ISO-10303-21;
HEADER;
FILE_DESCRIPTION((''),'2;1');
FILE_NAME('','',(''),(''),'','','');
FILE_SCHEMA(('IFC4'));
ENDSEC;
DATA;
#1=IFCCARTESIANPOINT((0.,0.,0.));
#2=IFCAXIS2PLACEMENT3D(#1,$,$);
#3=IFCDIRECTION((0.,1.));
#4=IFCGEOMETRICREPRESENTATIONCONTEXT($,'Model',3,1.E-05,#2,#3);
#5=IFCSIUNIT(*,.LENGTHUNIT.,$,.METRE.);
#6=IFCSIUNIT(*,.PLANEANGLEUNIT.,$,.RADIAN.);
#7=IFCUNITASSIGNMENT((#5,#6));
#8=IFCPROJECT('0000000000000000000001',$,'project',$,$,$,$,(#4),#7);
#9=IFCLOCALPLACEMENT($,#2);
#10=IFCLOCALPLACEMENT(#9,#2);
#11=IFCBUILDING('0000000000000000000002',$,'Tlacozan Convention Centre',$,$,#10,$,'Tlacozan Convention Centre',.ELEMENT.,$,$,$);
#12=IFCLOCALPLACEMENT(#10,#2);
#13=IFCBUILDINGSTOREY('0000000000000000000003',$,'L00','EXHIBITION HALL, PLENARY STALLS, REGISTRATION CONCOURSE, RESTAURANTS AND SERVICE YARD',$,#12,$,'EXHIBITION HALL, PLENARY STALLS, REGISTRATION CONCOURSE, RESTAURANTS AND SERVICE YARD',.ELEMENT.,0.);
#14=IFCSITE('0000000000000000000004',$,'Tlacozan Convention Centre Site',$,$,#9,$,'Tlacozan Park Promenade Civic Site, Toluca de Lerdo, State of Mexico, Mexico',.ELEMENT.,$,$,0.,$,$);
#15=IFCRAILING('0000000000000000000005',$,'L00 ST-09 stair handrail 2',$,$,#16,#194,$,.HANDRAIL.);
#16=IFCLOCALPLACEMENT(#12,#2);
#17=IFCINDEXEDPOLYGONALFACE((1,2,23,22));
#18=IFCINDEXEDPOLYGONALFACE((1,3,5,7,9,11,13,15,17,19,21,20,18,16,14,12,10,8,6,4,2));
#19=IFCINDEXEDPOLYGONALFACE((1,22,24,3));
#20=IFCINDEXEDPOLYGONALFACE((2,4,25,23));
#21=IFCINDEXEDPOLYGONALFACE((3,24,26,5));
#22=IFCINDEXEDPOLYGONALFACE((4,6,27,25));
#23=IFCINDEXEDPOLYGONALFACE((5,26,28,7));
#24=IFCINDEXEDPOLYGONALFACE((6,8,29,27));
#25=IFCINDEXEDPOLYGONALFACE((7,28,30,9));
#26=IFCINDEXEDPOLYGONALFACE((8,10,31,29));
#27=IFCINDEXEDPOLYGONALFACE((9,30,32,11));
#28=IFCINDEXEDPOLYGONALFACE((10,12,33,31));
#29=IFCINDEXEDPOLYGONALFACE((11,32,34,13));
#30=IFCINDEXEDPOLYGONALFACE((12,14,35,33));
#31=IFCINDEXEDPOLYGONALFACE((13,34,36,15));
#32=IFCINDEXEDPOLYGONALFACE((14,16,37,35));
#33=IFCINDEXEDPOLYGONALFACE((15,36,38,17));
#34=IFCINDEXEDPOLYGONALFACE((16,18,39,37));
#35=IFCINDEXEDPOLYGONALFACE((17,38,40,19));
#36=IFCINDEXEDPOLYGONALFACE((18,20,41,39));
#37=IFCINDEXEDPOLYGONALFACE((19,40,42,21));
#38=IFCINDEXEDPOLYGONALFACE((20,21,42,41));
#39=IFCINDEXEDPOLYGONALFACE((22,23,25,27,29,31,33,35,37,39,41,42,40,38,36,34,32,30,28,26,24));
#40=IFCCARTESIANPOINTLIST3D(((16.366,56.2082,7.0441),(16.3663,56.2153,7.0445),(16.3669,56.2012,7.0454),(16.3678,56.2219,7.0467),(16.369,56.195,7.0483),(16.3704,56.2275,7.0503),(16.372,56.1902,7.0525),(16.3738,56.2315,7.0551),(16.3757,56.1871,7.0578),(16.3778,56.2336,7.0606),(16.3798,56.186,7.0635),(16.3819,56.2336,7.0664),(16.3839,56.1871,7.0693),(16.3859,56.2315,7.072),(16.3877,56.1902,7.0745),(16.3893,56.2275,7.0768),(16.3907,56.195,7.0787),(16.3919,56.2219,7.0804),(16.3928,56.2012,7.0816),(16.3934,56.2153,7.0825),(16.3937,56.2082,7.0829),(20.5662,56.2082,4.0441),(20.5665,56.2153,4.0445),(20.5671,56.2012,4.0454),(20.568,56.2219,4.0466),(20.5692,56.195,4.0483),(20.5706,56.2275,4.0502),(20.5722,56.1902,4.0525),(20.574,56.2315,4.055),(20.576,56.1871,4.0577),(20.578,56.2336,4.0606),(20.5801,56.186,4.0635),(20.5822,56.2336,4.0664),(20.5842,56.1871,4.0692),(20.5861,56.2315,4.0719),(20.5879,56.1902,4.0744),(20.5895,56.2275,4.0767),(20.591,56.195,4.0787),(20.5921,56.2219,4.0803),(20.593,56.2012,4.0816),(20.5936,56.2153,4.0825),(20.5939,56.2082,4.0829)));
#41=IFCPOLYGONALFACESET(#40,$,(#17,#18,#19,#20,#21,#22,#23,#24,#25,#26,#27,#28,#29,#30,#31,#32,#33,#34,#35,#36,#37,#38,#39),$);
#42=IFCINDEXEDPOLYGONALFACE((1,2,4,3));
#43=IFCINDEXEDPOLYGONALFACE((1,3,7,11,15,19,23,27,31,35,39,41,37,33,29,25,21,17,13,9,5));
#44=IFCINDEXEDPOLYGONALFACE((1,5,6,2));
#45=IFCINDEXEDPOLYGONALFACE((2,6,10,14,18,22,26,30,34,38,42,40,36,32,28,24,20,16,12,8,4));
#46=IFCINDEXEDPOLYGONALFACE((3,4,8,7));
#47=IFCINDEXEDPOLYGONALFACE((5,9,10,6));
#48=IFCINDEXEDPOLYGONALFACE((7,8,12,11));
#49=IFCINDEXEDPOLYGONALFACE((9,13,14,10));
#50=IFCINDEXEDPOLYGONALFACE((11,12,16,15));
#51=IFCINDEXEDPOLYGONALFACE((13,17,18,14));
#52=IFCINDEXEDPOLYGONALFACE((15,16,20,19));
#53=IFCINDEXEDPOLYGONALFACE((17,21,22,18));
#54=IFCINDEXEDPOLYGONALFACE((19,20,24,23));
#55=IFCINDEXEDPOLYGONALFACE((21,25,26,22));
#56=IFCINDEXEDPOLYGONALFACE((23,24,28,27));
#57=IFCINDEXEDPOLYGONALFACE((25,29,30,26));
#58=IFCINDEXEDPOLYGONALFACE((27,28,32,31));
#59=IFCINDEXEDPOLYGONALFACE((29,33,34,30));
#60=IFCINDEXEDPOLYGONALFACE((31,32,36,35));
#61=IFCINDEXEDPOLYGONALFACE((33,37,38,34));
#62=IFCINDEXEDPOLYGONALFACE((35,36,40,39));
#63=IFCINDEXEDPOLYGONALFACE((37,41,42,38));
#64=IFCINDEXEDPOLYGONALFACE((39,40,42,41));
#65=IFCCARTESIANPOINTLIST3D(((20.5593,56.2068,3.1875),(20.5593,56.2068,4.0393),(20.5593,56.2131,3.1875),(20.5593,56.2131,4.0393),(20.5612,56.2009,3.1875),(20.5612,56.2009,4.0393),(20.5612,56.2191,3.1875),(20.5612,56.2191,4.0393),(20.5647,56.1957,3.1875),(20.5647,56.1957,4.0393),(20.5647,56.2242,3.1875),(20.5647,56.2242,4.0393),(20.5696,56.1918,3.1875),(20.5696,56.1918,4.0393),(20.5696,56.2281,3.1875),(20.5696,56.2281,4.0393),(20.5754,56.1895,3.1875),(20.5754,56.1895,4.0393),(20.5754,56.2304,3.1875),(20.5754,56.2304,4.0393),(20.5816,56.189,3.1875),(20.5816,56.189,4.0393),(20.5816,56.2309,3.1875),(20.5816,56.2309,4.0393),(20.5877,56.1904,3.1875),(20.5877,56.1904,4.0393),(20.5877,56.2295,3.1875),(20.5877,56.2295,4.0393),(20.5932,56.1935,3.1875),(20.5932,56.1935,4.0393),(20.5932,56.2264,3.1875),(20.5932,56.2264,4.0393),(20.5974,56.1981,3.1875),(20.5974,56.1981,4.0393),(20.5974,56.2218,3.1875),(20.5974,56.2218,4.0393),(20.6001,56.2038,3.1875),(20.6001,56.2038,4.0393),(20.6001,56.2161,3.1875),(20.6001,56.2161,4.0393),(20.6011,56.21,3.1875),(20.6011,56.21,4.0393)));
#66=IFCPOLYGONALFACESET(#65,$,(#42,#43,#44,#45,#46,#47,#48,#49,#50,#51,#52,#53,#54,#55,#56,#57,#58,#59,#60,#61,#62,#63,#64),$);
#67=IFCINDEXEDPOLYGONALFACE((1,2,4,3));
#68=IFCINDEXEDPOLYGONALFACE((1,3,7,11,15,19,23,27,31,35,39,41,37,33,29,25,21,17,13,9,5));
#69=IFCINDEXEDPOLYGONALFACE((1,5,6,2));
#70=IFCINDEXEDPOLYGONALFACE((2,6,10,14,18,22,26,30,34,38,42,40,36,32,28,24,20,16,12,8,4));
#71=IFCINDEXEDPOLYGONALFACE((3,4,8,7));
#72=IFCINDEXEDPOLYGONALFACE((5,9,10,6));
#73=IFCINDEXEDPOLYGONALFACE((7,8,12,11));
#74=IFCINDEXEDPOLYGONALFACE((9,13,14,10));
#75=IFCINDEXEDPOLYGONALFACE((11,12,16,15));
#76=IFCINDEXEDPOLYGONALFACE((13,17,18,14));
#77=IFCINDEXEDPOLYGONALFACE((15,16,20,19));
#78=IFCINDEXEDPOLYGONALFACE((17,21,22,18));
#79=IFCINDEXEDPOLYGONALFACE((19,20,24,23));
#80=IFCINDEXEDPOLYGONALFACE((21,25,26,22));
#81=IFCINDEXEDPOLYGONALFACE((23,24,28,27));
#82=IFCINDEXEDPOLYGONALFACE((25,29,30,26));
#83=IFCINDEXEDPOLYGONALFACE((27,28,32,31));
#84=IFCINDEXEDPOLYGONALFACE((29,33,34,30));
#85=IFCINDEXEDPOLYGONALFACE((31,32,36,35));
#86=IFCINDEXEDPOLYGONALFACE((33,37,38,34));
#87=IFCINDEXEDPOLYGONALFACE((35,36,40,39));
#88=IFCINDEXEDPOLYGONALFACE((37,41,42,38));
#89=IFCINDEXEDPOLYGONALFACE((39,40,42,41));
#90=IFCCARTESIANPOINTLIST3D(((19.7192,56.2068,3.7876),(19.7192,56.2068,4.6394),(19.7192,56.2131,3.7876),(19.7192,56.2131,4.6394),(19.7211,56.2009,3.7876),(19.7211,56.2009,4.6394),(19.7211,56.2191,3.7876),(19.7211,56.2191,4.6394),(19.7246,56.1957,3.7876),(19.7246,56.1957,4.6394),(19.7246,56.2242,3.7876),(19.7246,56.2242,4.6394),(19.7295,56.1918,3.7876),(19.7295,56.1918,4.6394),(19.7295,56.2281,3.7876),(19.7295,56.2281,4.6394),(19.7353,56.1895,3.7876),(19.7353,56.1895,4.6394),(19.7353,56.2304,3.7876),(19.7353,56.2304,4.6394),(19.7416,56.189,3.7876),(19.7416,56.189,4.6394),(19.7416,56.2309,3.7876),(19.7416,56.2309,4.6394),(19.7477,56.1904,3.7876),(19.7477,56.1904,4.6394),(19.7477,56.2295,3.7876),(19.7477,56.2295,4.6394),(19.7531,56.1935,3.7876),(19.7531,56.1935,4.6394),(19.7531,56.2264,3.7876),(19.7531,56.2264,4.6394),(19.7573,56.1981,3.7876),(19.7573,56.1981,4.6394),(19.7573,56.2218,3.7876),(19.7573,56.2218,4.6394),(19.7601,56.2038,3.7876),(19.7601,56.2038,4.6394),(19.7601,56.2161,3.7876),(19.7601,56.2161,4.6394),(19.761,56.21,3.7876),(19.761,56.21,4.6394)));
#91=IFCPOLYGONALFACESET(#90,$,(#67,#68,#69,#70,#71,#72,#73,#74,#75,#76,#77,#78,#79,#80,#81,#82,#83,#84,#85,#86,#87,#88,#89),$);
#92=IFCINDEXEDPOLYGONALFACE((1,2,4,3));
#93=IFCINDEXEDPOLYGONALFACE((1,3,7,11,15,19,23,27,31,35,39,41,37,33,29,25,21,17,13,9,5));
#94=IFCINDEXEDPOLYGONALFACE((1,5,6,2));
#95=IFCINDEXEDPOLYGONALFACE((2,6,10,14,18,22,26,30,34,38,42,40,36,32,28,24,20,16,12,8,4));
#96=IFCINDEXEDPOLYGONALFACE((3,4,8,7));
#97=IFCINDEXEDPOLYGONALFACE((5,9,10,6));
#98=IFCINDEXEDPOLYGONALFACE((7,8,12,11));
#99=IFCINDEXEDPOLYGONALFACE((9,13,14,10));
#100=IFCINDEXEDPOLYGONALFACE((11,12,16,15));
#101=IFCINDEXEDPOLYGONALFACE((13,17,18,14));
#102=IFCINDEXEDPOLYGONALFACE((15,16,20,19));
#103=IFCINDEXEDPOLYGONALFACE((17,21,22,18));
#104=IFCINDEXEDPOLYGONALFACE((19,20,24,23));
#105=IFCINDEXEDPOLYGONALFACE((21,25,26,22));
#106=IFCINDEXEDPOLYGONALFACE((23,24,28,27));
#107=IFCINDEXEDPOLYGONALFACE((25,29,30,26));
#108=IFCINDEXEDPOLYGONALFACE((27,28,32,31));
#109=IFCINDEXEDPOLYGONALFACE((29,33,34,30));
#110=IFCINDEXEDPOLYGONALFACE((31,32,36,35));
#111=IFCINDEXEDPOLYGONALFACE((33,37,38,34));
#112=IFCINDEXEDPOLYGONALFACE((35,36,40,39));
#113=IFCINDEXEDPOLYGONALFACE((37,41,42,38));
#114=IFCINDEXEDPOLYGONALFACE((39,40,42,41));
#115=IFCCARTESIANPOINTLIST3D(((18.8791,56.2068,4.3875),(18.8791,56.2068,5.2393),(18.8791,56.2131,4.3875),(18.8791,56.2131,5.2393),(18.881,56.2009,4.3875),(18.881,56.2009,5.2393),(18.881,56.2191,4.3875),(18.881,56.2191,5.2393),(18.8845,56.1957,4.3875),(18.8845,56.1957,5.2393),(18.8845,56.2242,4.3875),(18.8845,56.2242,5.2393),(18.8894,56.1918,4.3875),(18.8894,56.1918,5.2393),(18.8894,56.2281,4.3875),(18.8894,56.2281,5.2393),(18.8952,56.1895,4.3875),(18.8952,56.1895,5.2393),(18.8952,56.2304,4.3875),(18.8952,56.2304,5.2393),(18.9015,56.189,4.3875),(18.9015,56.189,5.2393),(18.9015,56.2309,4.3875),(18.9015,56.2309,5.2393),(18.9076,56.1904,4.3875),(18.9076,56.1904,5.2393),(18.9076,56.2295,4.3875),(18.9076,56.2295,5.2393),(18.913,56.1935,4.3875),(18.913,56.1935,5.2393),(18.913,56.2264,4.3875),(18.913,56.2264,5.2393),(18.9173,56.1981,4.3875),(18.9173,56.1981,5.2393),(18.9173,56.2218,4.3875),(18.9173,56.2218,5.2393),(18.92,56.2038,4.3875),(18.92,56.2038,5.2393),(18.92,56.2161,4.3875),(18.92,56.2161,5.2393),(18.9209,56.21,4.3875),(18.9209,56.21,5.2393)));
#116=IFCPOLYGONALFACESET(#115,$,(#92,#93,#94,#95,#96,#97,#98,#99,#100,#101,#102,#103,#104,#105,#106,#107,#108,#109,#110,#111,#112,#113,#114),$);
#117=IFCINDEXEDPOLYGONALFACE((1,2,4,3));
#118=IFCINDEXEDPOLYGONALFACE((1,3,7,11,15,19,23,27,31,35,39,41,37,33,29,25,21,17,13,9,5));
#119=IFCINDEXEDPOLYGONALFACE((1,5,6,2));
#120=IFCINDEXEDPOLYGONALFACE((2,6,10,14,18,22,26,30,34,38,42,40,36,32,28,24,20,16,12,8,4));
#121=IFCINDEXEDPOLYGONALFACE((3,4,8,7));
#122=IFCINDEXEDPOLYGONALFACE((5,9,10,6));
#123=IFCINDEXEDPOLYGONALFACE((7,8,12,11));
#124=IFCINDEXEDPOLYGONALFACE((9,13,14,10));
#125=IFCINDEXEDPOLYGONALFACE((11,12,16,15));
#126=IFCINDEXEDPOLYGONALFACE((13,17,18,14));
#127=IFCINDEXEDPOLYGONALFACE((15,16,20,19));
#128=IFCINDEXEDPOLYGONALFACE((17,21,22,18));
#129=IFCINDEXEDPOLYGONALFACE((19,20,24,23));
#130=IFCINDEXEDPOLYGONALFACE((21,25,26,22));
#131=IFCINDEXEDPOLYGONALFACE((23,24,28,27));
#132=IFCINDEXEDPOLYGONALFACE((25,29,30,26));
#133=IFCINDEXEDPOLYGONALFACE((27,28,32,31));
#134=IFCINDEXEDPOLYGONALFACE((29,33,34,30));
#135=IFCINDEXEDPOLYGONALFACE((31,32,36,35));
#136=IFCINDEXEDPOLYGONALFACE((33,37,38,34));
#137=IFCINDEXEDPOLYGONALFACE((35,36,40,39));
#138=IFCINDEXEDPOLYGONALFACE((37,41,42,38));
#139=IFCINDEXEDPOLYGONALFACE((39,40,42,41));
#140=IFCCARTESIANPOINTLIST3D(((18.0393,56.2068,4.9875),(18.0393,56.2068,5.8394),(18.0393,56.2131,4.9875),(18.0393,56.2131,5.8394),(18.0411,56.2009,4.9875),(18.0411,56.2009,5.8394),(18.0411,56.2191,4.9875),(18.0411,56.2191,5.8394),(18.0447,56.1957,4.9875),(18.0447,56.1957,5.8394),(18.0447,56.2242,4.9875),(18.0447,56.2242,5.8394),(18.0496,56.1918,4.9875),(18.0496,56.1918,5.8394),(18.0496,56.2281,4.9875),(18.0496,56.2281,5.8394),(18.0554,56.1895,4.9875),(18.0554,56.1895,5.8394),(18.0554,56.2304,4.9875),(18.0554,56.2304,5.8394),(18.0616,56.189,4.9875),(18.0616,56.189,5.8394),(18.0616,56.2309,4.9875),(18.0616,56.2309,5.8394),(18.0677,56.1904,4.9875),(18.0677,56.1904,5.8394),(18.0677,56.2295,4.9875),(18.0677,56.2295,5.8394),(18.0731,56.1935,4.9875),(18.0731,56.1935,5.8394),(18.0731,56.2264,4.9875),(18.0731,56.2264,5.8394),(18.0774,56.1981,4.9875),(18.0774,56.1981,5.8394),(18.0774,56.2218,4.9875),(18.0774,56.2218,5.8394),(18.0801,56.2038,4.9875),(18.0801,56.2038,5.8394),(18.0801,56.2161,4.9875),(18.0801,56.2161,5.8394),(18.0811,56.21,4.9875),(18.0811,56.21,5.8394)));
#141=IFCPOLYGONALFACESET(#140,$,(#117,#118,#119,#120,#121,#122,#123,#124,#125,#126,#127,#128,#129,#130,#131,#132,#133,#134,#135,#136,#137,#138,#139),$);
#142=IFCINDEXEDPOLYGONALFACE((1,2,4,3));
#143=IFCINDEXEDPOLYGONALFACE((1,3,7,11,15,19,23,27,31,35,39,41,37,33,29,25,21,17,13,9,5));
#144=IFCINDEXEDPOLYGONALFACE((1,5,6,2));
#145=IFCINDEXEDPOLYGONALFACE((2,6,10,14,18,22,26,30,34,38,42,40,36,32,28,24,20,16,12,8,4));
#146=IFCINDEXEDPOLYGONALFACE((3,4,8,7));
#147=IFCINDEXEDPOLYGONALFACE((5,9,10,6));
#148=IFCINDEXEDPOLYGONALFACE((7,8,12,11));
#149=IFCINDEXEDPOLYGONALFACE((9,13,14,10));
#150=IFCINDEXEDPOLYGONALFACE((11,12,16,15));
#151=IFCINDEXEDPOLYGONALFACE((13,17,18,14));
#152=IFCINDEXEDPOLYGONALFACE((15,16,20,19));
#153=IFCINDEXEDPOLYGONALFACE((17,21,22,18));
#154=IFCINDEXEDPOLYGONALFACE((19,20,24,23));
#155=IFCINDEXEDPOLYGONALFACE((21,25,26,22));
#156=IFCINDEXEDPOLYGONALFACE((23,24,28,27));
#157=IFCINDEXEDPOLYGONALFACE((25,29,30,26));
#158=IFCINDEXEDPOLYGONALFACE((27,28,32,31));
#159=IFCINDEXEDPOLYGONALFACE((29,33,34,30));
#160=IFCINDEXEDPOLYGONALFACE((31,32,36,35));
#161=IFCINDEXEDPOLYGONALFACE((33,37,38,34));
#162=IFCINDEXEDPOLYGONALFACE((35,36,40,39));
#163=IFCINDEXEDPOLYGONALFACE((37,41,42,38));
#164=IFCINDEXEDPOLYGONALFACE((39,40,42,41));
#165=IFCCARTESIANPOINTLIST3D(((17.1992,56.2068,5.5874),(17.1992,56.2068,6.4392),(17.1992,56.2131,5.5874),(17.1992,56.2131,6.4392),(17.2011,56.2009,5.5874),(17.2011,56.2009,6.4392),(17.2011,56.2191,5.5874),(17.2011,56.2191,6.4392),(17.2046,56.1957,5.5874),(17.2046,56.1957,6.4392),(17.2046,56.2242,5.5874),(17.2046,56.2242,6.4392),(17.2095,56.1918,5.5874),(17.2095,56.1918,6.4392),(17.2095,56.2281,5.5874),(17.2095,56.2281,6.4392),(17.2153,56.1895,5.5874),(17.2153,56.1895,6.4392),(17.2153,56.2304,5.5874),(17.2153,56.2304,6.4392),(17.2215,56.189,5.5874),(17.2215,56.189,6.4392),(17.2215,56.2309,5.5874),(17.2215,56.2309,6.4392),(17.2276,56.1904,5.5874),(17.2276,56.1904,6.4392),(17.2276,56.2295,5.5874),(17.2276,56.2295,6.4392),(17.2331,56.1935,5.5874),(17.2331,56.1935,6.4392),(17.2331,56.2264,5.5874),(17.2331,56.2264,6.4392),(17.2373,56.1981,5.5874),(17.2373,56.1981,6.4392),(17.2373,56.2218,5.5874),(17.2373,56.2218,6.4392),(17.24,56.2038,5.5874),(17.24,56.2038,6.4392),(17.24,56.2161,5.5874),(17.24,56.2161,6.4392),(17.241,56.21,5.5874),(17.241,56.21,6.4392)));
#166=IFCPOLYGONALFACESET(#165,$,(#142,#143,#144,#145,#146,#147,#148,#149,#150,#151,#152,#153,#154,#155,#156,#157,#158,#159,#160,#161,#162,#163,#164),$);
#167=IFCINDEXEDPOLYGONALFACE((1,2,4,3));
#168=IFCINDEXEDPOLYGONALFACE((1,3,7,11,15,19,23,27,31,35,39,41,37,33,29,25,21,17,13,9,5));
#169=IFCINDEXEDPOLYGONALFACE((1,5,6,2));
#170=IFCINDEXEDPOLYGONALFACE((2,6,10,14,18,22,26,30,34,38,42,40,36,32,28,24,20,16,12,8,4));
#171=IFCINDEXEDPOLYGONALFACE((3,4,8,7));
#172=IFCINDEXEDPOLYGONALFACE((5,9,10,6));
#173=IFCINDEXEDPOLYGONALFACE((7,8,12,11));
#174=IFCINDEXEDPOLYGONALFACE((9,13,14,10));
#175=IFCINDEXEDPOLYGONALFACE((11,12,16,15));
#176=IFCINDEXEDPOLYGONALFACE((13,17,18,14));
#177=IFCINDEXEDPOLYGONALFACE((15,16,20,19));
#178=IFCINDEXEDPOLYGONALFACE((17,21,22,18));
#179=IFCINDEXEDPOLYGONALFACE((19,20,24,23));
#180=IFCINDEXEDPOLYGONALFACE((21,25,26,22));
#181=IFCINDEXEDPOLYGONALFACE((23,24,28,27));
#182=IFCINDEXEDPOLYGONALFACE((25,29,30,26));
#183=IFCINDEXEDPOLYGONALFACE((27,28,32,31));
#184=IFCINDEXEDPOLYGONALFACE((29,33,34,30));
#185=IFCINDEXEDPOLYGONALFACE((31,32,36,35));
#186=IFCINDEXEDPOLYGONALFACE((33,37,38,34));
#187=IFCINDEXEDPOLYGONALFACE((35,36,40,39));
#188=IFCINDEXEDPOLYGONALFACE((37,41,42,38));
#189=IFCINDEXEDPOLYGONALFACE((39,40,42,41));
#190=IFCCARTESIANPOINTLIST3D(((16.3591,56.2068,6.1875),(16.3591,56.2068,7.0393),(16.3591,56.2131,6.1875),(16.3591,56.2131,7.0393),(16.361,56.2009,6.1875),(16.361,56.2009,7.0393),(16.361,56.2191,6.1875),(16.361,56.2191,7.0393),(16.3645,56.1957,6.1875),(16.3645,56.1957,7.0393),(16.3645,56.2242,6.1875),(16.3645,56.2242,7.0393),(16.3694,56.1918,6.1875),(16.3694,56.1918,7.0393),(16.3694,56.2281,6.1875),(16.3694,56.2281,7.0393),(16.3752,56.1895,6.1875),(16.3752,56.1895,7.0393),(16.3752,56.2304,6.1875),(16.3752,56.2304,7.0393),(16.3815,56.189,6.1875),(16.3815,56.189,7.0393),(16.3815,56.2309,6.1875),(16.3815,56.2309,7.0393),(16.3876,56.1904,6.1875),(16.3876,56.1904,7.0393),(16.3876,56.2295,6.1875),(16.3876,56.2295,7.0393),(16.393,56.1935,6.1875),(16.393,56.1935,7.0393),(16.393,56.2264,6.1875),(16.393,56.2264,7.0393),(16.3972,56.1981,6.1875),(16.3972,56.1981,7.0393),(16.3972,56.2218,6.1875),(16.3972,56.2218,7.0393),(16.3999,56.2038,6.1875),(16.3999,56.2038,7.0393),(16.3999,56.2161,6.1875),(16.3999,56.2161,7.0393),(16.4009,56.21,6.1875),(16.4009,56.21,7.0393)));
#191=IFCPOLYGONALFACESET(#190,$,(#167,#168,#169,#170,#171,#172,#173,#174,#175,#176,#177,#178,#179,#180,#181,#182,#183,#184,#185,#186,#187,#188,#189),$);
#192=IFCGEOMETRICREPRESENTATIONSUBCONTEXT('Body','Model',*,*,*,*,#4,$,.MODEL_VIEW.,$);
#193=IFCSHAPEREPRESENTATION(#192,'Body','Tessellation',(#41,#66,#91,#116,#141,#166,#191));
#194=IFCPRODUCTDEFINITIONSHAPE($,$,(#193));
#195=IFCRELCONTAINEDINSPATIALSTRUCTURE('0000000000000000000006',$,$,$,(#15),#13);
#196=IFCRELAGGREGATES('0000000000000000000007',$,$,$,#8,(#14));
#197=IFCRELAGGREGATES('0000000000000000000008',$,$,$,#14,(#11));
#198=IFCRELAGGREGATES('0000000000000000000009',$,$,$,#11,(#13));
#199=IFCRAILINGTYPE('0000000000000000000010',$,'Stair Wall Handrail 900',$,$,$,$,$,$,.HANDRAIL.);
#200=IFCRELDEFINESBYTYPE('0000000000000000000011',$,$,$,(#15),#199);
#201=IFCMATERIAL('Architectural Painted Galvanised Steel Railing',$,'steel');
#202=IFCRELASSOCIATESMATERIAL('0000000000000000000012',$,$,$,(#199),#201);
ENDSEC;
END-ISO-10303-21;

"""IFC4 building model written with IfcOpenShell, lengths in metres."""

from ifc_helpers import new_model, si_unit, direction, frame, origin, origin_2d, place, context, subcontext, project, spatial, circle, extrude, material, type_object, element, save


model = new_model("IFC4")

# Units and contexts
model_context = context("Model", 3, precision=1e-05, world=origin(), true_north=direction((0.0, 1.0)))
body_context = subcontext(model_context, "Body", "Model", "MODEL_VIEW")
ifc_project = project(units=[si_unit("LENGTHUNIT", "METRE"), si_unit("PLANEANGLEUNIT", "RADIAN")], contexts=[model_context])

# Site, building, storey
site_placement = place(None, origin())
site = spatial("IfcSite", under=ifc_project, at=site_placement, Name="Tlacozan Convention Centre Site", LongName="Tlacozan Park Promenade Civic Site, Toluca de Lerdo, State of Mexico, Mexico", CompositionType="ELEMENT", RefElevation=0.0)
building_placement = place(site_placement, origin())
building = spatial("IfcBuilding", under=site, at=building_placement, Name="Tlacozan Convention Centre", LongName="Tlacozan Convention Centre", CompositionType="ELEMENT")
storey_placement = place(building_placement, origin())
storey = spatial("IfcBuildingStorey", under=building, at=storey_placement, Name="L00", Description="EXHIBITION HALL, PLENARY STALLS, REGISTRATION CONCOURSE, RESTAURANTS AND SERVICE YARD", LongName="EXHIBITION HALL, PLENARY STALLS, REGISTRATION CONCOURSE, RESTAURANTS AND SERVICE YARD", CompositionType="ELEMENT", Elevation=0.0)

# Railing
ifc_material_1 = material(Name="Architectural Painted Galvanised Steel Railing", Category="steel")
railing_type_1 = type_object("IfcRailingType", Name="Stair Wall Handrail 900", PredefinedType="HANDRAIL", material=ifc_material_1)
railing_1_placement = place(storey_placement, frame((20.5801, 56.21, 3.1875)))
element("IfcRailing", 1, at=railing_1_placement, inside=storey, type_object=railing_type_1, Name="L00 ST-09 stair handrail 2", PredefinedType="HANDRAIL", context=body_context, shape_type="SweptSolid", body=[
    extrude(circle(Radius=0.0239, at=origin_2d()), frame((0.0, 0.0, 0.876), z_axis=(-0.813746, 0.0, 0.58122), x_axis=(0.0, -1.0, 0.0)), (0.0, 0.0, 1.0), 5.1616),
    extrude(circle(Radius=0.021, at=origin_2d()), origin(), (0.0, 0.0, 1.0), 0.8518),
    extrude(circle(Radius=0.021, at=origin_2d()), frame((-0.8401, 0.0, 0.6001)), (0.0, 0.0, 1.0), 0.8518),
    extrude(circle(Radius=0.021, at=origin_2d()), frame((-1.6802, 0.0, 1.2)), (0.0, 0.0, 1.0), 0.8518),
    extrude(circle(Radius=0.021, at=origin_2d()), frame((-2.52, 0.0, 1.8)), (0.0, 0.0, 1.0), 0.8518),
    extrude(circle(Radius=0.021, at=origin_2d()), frame((-3.3601, 0.0, 2.3999)), (0.0, 0.0, 1.0), 0.8518),
    extrude(circle(Radius=0.021, at=origin_2d()), frame((-4.2002, 0.0, 3.0)), (0.0, 0.0, 1.0), 0.8518),
])

save(model, "model.ifc")
